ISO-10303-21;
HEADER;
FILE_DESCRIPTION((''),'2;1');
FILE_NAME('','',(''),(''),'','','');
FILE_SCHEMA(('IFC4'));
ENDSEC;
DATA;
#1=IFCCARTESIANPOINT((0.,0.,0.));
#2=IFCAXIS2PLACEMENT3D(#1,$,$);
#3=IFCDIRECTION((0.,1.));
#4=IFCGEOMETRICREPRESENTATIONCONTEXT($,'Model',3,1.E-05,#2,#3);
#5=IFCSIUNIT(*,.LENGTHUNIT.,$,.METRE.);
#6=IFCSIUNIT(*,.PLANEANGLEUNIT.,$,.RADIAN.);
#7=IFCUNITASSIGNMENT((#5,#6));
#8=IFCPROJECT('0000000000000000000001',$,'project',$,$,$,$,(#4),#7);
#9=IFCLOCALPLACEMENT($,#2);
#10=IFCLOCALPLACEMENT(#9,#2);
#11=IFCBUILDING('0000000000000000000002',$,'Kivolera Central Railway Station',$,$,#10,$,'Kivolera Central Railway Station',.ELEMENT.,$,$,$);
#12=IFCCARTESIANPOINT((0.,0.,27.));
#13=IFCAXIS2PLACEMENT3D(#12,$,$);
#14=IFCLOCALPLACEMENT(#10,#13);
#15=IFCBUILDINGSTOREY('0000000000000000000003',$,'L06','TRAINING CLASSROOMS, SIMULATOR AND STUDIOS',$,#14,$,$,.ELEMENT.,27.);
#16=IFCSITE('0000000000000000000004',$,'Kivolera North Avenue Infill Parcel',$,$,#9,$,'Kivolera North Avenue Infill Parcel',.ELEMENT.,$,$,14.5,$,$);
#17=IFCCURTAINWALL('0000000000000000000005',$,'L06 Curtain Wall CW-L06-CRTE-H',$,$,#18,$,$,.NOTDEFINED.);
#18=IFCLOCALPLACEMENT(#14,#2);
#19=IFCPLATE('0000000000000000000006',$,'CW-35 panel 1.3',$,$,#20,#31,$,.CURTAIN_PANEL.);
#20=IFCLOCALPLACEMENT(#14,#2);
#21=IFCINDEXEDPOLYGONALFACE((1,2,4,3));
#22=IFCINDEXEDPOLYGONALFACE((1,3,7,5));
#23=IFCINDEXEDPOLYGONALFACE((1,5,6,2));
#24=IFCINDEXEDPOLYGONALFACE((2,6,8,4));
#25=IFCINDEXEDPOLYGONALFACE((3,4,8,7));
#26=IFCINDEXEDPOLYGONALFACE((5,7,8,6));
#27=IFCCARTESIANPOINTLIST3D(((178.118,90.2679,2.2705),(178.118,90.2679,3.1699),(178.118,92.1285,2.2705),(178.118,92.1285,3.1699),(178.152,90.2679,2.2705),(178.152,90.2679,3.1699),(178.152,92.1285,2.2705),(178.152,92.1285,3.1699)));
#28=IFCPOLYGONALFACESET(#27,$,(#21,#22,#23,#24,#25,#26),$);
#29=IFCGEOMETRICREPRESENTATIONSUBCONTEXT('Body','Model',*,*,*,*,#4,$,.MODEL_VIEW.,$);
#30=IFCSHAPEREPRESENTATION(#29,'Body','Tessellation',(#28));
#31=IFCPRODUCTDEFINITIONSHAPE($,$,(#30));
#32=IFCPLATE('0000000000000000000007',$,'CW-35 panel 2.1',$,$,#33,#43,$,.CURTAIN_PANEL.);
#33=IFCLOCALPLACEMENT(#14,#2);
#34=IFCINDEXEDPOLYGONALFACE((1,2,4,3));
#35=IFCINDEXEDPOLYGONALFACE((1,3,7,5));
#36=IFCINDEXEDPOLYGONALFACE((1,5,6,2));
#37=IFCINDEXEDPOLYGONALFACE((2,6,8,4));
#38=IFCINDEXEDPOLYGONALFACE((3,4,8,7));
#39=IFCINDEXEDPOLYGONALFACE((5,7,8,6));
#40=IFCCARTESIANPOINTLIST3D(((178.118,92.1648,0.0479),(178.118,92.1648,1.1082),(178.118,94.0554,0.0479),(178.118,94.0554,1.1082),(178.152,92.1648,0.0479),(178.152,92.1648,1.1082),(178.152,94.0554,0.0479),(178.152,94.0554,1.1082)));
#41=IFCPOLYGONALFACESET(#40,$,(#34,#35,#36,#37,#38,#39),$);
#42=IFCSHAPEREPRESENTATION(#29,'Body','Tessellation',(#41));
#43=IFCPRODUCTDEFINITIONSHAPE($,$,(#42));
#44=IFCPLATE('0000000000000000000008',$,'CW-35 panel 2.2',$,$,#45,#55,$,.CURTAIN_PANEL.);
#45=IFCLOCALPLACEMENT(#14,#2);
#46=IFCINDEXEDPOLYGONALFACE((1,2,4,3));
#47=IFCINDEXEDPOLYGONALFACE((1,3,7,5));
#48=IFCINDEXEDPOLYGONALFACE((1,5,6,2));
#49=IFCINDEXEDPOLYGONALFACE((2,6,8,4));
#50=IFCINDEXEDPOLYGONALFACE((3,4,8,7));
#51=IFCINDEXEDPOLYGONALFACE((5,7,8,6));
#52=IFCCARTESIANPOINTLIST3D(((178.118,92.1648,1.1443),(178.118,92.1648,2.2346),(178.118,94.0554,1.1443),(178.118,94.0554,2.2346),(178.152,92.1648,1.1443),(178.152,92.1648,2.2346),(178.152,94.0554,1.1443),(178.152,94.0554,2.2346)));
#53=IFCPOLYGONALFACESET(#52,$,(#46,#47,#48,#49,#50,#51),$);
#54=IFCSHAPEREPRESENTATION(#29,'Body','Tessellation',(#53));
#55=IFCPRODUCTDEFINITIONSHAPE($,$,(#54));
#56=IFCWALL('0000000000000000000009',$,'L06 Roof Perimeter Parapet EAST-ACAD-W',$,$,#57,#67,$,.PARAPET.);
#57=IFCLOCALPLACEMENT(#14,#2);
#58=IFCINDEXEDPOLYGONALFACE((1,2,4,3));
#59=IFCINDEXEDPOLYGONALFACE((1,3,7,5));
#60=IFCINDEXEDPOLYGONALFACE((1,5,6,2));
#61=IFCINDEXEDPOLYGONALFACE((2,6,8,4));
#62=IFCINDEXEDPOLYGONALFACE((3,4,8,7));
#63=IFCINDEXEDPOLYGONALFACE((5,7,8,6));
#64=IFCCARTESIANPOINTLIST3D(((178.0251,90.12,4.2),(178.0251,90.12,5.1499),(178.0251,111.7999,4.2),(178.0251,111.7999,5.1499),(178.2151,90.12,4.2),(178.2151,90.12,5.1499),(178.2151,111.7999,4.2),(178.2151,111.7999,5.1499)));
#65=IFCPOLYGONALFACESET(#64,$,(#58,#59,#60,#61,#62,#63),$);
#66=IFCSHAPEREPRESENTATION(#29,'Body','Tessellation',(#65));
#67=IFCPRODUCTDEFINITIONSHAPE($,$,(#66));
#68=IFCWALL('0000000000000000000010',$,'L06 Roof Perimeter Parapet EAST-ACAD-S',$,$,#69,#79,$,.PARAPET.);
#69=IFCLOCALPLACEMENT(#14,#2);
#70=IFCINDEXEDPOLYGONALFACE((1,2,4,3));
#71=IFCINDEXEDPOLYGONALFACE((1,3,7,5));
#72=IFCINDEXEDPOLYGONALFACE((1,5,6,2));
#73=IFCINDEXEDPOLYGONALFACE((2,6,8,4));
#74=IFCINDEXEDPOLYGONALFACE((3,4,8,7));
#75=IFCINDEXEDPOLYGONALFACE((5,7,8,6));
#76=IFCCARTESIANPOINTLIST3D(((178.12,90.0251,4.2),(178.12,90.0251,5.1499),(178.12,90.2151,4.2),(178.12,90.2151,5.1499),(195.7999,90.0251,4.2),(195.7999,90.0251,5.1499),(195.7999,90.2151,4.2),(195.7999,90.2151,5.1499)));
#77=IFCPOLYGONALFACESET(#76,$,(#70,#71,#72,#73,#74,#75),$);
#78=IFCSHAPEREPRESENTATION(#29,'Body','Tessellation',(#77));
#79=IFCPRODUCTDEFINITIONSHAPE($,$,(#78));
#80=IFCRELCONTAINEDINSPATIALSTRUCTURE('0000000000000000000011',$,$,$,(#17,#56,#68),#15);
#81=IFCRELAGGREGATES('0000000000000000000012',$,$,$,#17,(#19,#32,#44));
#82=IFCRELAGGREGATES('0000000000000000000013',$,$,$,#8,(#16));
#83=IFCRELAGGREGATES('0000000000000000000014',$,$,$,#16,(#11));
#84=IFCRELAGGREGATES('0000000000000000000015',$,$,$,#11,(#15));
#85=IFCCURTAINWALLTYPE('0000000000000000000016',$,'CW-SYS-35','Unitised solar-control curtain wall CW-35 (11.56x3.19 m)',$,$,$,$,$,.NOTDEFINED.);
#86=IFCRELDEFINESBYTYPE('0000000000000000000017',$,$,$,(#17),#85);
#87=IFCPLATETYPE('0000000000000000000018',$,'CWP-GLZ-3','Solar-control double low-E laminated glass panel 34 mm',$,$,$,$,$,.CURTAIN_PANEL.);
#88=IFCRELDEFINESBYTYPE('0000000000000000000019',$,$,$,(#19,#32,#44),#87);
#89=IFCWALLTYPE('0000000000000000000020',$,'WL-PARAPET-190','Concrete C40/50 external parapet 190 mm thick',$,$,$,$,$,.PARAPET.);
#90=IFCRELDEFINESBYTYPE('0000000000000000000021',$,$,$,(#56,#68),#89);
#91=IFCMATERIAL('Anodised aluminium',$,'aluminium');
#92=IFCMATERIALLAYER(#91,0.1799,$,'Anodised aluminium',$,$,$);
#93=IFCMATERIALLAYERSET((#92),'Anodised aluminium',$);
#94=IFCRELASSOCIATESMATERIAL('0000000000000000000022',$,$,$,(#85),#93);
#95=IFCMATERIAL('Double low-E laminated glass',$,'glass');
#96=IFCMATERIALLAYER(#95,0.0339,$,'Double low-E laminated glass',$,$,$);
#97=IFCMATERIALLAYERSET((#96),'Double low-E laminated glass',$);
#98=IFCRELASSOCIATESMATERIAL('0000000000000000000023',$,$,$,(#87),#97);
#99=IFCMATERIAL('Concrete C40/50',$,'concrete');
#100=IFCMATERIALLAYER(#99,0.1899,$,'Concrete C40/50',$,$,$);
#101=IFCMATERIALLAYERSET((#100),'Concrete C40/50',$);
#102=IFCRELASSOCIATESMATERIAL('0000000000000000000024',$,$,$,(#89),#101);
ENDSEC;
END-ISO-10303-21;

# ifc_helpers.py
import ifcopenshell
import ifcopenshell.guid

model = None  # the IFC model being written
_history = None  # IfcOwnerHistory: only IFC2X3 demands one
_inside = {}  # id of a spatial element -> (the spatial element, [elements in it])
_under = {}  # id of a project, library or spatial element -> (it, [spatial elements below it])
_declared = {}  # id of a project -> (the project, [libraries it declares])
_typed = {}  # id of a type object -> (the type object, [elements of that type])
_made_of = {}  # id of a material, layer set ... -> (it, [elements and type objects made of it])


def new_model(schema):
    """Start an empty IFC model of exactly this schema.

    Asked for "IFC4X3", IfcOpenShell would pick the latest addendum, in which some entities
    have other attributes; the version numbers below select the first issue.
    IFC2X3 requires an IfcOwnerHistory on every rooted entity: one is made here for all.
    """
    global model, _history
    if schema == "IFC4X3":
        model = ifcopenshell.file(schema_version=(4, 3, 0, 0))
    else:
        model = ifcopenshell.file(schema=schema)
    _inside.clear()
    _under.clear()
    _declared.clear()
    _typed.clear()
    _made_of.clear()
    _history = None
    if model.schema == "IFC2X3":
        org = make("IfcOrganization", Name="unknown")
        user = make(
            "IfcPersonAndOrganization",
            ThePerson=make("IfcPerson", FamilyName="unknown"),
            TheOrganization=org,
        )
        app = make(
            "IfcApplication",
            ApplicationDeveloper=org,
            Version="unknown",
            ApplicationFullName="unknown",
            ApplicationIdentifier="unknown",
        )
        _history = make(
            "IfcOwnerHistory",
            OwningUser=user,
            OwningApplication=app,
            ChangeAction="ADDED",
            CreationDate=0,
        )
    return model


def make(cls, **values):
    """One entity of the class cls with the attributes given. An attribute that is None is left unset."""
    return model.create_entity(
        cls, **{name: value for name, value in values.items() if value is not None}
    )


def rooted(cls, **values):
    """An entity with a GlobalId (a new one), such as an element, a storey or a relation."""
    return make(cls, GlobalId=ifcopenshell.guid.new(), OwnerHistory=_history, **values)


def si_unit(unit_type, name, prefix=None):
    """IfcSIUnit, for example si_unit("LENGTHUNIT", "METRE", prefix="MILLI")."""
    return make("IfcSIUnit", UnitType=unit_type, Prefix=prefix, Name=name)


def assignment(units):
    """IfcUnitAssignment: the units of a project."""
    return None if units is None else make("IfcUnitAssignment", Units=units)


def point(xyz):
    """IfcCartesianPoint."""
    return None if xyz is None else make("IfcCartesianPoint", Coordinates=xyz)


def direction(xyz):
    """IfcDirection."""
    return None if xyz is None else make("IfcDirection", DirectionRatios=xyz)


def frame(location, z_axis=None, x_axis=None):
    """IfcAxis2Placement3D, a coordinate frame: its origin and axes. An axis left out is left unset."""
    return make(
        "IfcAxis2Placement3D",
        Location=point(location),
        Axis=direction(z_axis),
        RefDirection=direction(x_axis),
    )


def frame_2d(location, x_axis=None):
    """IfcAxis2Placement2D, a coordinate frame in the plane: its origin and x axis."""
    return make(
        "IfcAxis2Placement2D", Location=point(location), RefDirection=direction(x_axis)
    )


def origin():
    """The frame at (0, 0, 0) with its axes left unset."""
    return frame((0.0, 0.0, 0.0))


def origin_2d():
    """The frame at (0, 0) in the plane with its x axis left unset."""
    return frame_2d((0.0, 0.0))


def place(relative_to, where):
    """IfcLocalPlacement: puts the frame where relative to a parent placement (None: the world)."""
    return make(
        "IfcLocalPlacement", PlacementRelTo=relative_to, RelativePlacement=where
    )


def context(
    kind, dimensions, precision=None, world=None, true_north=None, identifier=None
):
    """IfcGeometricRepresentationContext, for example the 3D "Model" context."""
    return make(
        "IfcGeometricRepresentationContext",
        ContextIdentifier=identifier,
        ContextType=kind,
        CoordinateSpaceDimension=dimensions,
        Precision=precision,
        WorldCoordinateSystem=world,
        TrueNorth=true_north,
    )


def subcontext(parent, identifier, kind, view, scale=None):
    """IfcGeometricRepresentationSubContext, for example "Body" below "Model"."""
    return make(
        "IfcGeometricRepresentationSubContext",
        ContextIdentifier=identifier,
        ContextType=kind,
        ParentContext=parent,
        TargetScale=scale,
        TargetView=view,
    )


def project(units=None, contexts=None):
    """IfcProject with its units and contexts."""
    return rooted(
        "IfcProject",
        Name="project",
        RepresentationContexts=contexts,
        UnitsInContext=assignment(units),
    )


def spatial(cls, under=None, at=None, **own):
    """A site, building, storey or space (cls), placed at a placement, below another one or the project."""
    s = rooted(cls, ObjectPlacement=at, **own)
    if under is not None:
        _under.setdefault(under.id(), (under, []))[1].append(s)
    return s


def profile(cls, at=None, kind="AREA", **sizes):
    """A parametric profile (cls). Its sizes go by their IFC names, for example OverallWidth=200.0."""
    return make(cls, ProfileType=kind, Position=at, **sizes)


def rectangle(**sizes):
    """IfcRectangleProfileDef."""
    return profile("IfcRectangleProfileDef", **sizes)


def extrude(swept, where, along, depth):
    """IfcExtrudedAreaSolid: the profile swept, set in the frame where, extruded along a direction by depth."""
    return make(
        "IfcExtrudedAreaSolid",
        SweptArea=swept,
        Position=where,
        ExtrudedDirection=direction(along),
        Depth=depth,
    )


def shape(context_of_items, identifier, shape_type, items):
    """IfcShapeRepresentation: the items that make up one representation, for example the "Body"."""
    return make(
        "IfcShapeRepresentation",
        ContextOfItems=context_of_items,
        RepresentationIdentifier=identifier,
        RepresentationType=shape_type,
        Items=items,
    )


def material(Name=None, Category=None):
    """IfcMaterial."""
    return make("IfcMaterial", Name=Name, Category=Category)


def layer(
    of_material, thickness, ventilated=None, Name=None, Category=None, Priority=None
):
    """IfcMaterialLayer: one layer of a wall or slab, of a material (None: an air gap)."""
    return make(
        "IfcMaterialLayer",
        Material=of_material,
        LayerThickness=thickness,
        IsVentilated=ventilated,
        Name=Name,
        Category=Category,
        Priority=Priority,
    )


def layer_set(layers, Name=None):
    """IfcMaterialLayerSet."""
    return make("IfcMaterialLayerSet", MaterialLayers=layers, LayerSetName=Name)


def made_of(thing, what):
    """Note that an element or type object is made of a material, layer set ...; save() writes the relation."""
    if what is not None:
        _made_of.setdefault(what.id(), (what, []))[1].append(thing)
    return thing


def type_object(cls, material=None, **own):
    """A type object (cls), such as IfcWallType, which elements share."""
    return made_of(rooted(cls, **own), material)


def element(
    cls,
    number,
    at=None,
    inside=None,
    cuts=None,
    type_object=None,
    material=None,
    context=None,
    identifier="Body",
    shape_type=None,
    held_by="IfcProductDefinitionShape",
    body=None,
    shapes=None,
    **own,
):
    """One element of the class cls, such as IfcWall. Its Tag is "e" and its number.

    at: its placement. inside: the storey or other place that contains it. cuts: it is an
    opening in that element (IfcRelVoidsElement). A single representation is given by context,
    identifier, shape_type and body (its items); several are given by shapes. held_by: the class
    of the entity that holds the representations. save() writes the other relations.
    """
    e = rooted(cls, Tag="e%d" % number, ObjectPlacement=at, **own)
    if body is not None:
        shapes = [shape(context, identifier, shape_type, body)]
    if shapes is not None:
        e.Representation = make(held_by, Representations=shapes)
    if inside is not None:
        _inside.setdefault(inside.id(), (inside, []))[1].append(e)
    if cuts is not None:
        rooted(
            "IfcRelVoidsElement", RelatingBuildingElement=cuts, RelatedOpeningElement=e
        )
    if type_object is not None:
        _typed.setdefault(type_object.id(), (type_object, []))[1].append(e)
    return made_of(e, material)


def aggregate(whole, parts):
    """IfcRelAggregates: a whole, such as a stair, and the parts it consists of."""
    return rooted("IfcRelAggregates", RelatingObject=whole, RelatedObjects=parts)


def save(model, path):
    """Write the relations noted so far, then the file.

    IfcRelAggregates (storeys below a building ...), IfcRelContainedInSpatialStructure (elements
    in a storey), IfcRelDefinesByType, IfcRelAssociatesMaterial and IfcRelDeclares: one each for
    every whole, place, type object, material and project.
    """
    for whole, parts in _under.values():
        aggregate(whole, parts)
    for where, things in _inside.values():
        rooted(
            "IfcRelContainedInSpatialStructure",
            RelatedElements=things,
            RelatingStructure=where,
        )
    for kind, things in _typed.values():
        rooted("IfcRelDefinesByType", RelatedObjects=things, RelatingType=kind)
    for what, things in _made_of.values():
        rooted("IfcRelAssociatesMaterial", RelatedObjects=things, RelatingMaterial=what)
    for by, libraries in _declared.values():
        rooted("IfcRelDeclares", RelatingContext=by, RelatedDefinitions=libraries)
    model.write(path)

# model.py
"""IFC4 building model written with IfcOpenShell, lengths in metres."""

from ifc_helpers import new_model, si_unit, direction, frame, frame_2d, origin, origin_2d, place, context, subcontext, project, spatial, rectangle, extrude, material, layer, layer_set, type_object, element, aggregate, save


model = new_model("IFC4")

# Units and contexts
model_context = context("Model", 3, precision=1e-05, world=origin(), true_north=direction((0.0, 1.0)))
body_context = subcontext(model_context, "Body", "Model", "MODEL_VIEW")
ifc_project = project(units=[si_unit("LENGTHUNIT", "METRE"), si_unit("PLANEANGLEUNIT", "RADIAN")], contexts=[model_context])

# Site, building, storey
site_placement = place(None, origin())
site = spatial("IfcSite", under=ifc_project, at=site_placement, Name="Kivolera North Avenue Infill Parcel", LongName="Kivolera North Avenue Infill Parcel", CompositionType="ELEMENT", RefElevation=14.5)
building_placement = place(site_placement, origin())
building = spatial("IfcBuilding", under=site, at=building_placement, Name="Kivolera Central Railway Station", LongName="Kivolera Central Railway Station", CompositionType="ELEMENT")
storey_placement = place(building_placement, frame((0.0, 0.0, 27.0)))
storey = spatial("IfcBuildingStorey", under=building, at=storey_placement, Name="L06", Description="TRAINING CLASSROOMS, SIMULATOR AND STUDIOS", CompositionType="ELEMENT", Elevation=27.0)

# Shared definitions
ifc_material_1 = material(Name="Concrete C40/50", Category="concrete")

# Curtain wall, plates
ifc_material_2 = material(Name="Anodised aluminium", Category="aluminium")
ifc_layer_1 = layer(ifc_material_2, 0.1799, Name="Anodised aluminium")
ifc_layer_set_1 = layer_set([ifc_layer_1], Name="Anodised aluminium")
curtain_wall_type = type_object("IfcCurtainWallType", Name="CW-SYS-35", Description="Unitised solar-control curtain wall CW-35 (11.56x3.19 m)", PredefinedType="NOTDEFINED", material=ifc_layer_set_1)
curtain_wall_placement = place(storey_placement, origin())
curtain_wall = element("IfcCurtainWall", 1, at=curtain_wall_placement, inside=storey, type_object=curtain_wall_type, Name="L06 Curtain Wall CW-L06-CRTE-H", PredefinedType="NOTDEFINED")
ifc_material_3 = material(Name="Double low-E laminated glass", Category="glass")
ifc_layer_2 = layer(ifc_material_3, 0.0339, Name="Double low-E laminated glass")
ifc_layer_set_2 = layer_set([ifc_layer_2], Name="Double low-E laminated glass")
plate_type = type_object("IfcPlateType", Name="CWP-GLZ-3", Description="Solar-control double low-E laminated glass panel 34 mm", PredefinedType="CURTAIN_PANEL", material=ifc_layer_set_2)
plate_1_placement = place(storey_placement, frame((178.135, 91.1982, 2.2705), z_axis=(0.0, 0.0, 1.0), x_axis=(0.0, 1.0, 0.0)))
plate_1 = element("IfcPlate", 2, at=plate_1_placement, type_object=plate_type, Name="CW-35 panel 1.3", PredefinedType="CURTAIN_PANEL", context=body_context, shape_type="SweptSolid", body=[
    extrude(rectangle(XDim=1.8606, YDim=0.0339, at=origin_2d()), origin(), (0.0, 0.0, 1.0), 0.8994),
])
plate_2_placement = place(storey_placement, frame((178.135, 93.1101, 0.0479), z_axis=(0.0, 0.0, 1.0), x_axis=(0.0, 1.0, 0.0)))
plate_2 = element("IfcPlate", 3, at=plate_2_placement, type_object=plate_type, Name="CW-35 panel 2.1", PredefinedType="CURTAIN_PANEL", context=body_context, shape_type="SweptSolid", body=[
    extrude(rectangle(XDim=1.8906, YDim=0.0339, at=origin_2d()), origin(), (0.0, 0.0, 1.0), 1.0603),
])
plate_3_placement = place(storey_placement, frame((178.135, 93.1101, 1.1443), z_axis=(0.0, 0.0, 1.0), x_axis=(0.0, 1.0, 0.0)))
plate_3 = element("IfcPlate", 4, at=plate_3_placement, type_object=plate_type, Name="CW-35 panel 2.2", PredefinedType="CURTAIN_PANEL", context=body_context, shape_type="SweptSolid", body=[
    extrude(rectangle(XDim=1.8906, YDim=0.0339, at=origin_2d()), origin(), (0.0, 0.0, 1.0), 1.0903),
])
aggregate(curtain_wall, [plate_1, plate_2, plate_3])

# Walls
ifc_layer_3 = layer(ifc_material_1, 0.1899, Name="Concrete C40/50")
ifc_layer_set_3 = layer_set([ifc_layer_3], Name="Concrete C40/50")
wall_type = type_object("IfcWallType", Name="WL-PARAPET-190", Description="Concrete C40/50 external parapet 190 mm thick", PredefinedType="PARAPET", material=ifc_layer_set_3)
wall_1_placement = place(storey_placement, frame((178.1201, 90.1201, 4.2), z_axis=(0.0, 0.0, 1.0), x_axis=(0.0, 1.0, 0.0)))
element("IfcWall", 5, at=wall_1_placement, inside=storey, type_object=wall_type, Name="L06 Roof Perimeter Parapet EAST-ACAD-W", PredefinedType="PARAPET", context=body_context, shape_type="SweptSolid", body=[
    extrude(rectangle(XDim=21.6799, YDim=0.1899, at=frame_2d((10.8398, 0.0))), origin(), (0.0, 0.0, 1.0), 0.95),
])
wall_2_placement = place(storey_placement, frame((178.1201, 90.1201, 4.2), z_axis=(0.0, 0.0, 1.0), x_axis=(1.0, 0.0, 0.0)))
element("IfcWall", 6, at=wall_2_placement, inside=storey, type_object=wall_type, Name="L06 Roof Perimeter Parapet EAST-ACAD-S", PredefinedType="PARAPET", context=body_context, shape_type="SweptSolid", body=[
    extrude(rectangle(XDim=17.6799, YDim=0.1899, at=frame_2d((8.8398, 0.0))), origin(), (0.0, 0.0, 1.0), 0.95),
])

save(model, "model.ifc")
